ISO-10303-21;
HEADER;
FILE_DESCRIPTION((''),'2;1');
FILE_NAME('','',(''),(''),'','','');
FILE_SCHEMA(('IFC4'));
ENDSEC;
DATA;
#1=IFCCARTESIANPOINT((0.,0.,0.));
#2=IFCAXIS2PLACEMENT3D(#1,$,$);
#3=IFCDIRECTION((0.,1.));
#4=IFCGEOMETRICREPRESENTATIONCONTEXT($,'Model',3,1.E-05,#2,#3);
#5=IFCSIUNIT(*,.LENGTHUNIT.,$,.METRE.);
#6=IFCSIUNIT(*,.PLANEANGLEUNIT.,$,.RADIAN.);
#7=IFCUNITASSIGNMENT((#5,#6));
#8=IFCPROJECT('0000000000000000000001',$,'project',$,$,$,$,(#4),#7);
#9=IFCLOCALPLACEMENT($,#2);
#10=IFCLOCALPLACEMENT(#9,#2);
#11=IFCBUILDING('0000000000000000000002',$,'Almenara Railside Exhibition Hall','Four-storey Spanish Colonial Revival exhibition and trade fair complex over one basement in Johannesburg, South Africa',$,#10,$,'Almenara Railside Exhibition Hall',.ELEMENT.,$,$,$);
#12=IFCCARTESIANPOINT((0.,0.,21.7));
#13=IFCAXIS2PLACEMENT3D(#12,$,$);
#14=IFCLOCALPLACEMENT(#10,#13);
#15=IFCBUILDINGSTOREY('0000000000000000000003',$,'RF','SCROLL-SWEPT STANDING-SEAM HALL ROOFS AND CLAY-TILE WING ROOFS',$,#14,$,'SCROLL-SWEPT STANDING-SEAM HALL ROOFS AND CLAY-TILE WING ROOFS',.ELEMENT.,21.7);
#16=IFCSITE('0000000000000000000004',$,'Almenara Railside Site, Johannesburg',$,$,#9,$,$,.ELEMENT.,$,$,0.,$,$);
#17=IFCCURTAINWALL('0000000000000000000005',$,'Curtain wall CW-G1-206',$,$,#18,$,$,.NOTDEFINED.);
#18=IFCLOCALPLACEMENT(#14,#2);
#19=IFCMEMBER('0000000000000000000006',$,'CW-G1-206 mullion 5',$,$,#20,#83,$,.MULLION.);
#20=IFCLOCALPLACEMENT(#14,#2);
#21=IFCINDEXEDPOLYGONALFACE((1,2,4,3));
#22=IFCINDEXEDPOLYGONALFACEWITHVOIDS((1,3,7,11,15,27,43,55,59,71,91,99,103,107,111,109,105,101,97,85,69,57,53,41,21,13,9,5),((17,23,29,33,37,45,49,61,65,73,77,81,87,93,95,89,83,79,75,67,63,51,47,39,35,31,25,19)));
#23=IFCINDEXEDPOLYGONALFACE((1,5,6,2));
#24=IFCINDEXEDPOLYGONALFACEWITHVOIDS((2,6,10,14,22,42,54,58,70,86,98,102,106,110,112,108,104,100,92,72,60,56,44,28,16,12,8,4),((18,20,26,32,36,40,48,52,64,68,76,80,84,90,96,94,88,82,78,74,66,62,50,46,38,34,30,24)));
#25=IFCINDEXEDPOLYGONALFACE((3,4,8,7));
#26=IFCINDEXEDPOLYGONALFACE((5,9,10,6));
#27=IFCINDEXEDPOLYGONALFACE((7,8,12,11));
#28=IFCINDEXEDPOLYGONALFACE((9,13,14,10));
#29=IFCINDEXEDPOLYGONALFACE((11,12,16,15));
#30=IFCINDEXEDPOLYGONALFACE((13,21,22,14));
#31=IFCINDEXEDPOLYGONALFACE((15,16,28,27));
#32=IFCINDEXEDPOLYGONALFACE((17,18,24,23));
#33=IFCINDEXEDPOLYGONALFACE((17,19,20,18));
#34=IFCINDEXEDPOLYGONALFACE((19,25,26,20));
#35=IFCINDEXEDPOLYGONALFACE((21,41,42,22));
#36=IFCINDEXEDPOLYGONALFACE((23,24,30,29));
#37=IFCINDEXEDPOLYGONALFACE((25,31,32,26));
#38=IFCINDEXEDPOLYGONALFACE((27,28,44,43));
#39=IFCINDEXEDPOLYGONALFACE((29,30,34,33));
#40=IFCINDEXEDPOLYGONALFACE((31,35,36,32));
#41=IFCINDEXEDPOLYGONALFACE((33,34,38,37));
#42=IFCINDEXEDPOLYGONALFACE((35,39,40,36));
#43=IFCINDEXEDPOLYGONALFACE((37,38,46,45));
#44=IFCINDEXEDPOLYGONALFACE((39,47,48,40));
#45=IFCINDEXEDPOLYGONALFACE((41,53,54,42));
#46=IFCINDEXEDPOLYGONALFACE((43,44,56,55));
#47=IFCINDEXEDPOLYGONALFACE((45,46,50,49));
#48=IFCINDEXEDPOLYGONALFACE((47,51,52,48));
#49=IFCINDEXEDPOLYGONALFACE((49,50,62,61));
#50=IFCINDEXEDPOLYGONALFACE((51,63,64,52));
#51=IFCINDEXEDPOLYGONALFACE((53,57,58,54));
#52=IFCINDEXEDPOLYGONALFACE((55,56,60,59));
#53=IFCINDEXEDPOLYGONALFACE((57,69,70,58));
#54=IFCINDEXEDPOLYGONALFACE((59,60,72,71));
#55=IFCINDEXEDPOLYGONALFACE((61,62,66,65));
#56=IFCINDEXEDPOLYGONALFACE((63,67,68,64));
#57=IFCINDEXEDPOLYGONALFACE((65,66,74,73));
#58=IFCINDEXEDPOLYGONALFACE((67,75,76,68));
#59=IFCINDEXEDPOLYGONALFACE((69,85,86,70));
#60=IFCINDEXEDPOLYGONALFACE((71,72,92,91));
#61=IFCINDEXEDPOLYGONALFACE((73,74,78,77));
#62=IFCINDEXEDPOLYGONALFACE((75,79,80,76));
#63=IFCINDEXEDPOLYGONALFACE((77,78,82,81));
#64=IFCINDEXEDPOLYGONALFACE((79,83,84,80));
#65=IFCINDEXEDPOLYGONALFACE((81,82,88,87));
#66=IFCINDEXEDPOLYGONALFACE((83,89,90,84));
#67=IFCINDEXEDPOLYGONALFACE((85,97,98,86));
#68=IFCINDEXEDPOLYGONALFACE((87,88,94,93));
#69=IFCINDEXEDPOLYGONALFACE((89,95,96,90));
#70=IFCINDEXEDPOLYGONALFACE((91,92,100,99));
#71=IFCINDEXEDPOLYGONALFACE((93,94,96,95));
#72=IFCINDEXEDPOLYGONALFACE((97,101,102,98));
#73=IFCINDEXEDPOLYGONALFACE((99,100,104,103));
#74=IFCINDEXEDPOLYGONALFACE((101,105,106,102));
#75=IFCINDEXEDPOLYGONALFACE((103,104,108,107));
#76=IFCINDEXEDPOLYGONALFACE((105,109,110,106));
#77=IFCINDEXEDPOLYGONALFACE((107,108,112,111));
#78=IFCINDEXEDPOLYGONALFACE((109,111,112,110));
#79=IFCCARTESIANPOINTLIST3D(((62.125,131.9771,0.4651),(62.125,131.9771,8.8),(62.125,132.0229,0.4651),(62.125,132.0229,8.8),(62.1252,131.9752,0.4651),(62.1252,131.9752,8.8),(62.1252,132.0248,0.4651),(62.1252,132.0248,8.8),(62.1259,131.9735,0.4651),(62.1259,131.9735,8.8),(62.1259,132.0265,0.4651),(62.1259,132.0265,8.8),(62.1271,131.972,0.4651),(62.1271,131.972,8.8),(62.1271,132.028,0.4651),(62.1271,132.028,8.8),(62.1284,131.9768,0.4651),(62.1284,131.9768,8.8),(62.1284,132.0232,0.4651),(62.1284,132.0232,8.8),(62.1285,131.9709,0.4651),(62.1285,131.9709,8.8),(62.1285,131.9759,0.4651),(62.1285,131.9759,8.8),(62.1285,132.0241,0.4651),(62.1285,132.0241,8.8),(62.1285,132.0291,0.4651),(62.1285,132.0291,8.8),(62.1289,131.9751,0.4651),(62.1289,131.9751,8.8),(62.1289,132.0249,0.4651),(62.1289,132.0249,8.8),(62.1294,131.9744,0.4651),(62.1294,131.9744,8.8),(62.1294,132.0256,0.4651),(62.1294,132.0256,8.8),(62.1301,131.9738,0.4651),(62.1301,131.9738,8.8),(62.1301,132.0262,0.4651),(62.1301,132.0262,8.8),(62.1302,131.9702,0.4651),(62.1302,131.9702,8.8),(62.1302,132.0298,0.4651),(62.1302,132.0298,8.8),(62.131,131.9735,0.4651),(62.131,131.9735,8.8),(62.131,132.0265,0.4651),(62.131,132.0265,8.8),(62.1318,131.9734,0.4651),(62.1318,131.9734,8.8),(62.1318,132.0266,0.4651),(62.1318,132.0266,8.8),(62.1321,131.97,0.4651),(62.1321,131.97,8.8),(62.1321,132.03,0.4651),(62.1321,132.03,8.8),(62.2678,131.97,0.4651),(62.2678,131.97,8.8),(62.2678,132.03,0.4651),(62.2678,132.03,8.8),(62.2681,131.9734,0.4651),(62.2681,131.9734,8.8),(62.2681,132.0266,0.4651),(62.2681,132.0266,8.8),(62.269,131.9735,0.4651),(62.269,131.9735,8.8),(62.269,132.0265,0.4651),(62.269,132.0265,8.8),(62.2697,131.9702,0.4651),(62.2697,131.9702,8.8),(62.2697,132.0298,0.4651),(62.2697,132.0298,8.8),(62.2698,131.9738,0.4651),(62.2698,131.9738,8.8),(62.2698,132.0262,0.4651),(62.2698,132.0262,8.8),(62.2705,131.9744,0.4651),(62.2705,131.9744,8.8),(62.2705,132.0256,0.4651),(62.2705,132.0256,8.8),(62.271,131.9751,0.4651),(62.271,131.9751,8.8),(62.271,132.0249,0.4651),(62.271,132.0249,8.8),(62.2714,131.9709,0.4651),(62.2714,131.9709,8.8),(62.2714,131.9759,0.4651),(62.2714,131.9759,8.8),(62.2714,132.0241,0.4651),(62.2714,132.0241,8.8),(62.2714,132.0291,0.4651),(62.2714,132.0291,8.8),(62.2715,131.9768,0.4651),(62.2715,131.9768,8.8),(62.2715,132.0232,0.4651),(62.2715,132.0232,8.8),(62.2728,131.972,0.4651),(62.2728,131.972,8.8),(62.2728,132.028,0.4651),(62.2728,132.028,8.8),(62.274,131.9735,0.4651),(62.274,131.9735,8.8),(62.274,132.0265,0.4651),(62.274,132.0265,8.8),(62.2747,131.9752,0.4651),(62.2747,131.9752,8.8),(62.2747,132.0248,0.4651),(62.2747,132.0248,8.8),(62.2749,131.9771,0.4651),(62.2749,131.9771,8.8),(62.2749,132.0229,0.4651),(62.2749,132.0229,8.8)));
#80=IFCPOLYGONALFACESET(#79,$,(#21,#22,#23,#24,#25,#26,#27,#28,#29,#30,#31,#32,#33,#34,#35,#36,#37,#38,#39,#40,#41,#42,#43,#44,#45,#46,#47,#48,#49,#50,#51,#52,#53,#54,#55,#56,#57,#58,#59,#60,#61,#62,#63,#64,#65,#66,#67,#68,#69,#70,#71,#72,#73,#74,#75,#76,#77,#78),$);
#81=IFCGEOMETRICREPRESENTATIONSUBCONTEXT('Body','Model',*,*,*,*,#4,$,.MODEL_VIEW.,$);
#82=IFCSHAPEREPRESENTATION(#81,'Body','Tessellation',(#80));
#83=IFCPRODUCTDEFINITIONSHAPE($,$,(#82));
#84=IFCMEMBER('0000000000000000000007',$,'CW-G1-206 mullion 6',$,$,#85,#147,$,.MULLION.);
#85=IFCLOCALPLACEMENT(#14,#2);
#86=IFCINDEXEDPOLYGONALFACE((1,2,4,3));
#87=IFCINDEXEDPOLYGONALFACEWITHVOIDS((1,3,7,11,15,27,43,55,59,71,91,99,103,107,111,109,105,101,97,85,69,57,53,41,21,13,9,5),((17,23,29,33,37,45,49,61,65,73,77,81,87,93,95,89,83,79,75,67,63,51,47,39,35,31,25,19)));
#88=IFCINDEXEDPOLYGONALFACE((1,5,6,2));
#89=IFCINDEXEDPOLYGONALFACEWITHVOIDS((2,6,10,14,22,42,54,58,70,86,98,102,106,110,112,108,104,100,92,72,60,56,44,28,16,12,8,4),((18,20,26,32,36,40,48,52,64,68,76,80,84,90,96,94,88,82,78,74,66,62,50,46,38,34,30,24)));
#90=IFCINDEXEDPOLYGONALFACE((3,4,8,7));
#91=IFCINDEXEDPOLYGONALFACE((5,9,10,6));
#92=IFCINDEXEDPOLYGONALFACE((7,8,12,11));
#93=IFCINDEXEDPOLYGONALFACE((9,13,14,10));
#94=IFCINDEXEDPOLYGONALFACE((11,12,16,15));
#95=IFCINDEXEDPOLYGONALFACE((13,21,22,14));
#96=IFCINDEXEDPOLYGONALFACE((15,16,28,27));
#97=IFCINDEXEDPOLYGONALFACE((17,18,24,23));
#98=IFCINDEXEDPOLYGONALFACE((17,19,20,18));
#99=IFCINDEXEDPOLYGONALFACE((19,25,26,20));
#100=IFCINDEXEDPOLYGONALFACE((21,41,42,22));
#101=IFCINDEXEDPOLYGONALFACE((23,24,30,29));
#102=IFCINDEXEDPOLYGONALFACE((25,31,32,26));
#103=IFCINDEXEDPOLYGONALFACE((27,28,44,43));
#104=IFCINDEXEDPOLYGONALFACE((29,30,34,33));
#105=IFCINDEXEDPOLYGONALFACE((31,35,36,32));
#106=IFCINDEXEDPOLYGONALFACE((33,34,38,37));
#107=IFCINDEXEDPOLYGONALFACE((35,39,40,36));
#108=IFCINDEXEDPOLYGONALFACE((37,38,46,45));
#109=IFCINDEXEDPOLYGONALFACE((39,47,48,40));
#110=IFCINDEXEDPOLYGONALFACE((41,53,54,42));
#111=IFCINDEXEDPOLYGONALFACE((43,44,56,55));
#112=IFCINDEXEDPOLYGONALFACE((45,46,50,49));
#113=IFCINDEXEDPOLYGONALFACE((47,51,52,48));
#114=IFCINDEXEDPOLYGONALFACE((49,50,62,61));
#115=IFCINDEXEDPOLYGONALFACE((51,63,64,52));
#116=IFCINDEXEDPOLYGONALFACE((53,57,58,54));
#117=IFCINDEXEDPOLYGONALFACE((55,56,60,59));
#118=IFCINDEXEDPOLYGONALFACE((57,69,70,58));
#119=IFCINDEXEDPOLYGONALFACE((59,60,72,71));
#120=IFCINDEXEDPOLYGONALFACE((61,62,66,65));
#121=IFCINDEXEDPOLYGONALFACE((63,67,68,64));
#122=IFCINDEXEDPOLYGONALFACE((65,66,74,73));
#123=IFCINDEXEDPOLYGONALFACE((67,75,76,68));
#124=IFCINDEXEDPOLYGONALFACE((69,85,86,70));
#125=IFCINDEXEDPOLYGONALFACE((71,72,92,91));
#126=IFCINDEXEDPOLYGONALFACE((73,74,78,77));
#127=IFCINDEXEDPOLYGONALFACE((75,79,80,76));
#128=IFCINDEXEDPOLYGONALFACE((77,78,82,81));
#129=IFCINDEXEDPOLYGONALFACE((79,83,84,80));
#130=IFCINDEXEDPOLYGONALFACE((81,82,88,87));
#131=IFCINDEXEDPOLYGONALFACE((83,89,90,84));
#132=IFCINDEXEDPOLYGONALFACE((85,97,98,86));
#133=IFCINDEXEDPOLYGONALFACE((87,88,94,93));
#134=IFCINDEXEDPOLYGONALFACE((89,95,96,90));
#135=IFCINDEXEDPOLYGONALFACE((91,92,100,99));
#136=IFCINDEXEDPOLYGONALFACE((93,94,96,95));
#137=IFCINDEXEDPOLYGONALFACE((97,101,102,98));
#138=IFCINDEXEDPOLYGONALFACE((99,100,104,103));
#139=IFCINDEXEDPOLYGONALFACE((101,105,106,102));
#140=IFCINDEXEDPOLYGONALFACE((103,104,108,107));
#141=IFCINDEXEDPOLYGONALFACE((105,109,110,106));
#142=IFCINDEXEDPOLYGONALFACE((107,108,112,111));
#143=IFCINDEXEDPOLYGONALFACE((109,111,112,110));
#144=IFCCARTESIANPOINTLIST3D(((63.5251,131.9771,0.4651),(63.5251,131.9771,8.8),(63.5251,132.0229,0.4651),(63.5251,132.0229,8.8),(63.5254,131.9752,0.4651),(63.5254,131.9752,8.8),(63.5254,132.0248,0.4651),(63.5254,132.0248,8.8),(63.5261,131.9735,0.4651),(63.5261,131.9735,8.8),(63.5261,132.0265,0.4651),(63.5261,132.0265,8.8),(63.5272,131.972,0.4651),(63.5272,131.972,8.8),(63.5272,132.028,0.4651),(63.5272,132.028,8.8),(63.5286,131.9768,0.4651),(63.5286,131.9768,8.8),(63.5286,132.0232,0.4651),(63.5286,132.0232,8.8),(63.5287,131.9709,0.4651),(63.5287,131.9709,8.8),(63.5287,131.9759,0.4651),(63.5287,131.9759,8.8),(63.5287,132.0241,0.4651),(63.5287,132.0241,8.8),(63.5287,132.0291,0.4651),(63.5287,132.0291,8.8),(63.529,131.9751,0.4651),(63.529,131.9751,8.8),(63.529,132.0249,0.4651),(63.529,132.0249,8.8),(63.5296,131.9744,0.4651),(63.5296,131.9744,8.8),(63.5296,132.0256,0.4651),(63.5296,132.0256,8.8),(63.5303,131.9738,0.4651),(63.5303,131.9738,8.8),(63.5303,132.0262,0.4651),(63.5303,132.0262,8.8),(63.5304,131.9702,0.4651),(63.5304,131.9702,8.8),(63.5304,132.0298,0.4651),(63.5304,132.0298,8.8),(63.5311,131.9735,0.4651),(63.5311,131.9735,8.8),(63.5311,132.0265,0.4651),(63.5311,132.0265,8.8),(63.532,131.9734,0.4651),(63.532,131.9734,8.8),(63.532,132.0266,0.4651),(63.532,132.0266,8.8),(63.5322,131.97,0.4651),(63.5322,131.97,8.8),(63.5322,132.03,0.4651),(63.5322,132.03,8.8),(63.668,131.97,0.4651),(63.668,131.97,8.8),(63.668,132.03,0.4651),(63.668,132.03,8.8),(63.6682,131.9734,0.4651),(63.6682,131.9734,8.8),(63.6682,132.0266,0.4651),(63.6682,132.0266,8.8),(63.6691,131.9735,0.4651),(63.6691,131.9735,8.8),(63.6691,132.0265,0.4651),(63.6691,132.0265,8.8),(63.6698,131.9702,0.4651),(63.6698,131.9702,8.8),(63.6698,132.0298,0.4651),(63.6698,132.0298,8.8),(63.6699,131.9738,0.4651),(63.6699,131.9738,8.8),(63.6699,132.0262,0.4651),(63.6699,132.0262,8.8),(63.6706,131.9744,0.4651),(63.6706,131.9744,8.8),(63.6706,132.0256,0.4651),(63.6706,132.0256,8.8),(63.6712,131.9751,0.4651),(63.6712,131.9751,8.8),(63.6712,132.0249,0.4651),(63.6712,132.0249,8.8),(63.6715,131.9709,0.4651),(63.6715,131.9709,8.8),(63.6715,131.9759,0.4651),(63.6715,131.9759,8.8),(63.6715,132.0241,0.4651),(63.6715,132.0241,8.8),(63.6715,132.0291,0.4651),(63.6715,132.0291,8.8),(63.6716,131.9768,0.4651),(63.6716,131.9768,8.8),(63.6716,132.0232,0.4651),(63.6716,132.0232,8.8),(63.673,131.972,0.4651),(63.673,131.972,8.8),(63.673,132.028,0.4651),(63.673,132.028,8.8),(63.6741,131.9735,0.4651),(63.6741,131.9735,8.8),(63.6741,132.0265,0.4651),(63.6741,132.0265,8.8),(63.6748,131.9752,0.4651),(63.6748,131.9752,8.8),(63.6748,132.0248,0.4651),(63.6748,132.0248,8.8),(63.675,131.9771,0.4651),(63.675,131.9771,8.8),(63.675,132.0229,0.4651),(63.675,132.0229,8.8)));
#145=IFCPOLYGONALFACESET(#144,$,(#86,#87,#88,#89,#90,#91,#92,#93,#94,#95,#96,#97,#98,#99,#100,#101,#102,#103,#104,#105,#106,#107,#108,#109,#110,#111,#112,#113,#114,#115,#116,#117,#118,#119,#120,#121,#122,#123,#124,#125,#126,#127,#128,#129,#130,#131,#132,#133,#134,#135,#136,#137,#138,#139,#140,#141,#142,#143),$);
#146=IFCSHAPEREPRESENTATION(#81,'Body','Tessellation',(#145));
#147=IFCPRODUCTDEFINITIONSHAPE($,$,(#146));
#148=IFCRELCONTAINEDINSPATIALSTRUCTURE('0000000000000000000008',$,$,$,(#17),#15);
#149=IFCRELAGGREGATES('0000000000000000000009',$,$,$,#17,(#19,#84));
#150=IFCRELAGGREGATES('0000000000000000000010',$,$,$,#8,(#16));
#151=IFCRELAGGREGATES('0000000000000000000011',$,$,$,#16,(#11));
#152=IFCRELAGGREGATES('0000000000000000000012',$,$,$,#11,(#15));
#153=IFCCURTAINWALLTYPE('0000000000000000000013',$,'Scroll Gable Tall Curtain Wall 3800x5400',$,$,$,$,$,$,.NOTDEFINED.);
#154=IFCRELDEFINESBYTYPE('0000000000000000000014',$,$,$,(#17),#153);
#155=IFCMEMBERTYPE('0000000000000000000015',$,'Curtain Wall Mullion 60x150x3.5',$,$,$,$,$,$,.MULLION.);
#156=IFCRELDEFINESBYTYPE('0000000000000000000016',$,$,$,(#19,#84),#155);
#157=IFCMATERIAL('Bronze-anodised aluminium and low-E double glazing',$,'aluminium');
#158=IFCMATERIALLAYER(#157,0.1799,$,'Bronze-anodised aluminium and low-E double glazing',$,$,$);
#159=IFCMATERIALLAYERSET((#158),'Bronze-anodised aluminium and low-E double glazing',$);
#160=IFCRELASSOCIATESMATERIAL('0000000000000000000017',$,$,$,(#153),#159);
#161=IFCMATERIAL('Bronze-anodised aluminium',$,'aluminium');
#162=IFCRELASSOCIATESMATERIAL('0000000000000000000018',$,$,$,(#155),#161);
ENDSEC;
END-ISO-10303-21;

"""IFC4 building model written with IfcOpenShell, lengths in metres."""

from ifc_helpers import new_model, si_unit, direction, frame, origin, origin_2d, place, context, subcontext, project, spatial, hollow_rectangle, extrude, material, layer, layer_set, material_profile, profile_set, type_object, element, aggregate, save


model = new_model("IFC4")

# Units and contexts
model_context = context("Model", 3, precision=1e-05, world=origin(), true_north=direction((0.0, 1.0)))
body_context = subcontext(model_context, "Body", "Model", "MODEL_VIEW")
ifc_project = project(units=[si_unit("LENGTHUNIT", "METRE"), si_unit("PLANEANGLEUNIT", "RADIAN")], contexts=[model_context])

# Site, building, storey
site_placement = place(None, origin())
site = spatial("IfcSite", under=ifc_project, at=site_placement, Name="Almenara Railside Site, Johannesburg", CompositionType="ELEMENT", RefElevation=0.0)
building_placement = place(site_placement, origin())
building = spatial("IfcBuilding", under=site, at=building_placement, Name="Almenara Railside Exhibition Hall", Description="Four-storey Spanish Colonial Revival exhibition and trade fair complex over one basement in Johannesburg, South Africa", LongName="Almenara Railside Exhibition Hall", CompositionType="ELEMENT")
storey_placement = place(building_placement, frame((0.0, 0.0, 21.7)))
storey = spatial("IfcBuildingStorey", under=building, at=storey_placement, Name="RF", Description="SCROLL-SWEPT STANDING-SEAM HALL ROOFS AND CLAY-TILE WING ROOFS", LongName="SCROLL-SWEPT STANDING-SEAM HALL ROOFS AND CLAY-TILE WING ROOFS", CompositionType="ELEMENT", Elevation=21.7)

# Curtain wall, members
ifc_material_1 = material(Name="Bronze-anodised aluminium and low-E double glazing", Category="aluminium")
ifc_layer_1 = layer(ifc_material_1, 0.1799, Name="Bronze-anodised aluminium and low-E double glazing")
ifc_layer_set_1 = layer_set([ifc_layer_1], Name="Bronze-anodised aluminium and low-E double glazing")
curtain_wall_type = type_object("IfcCurtainWallType", Name="Scroll Gable Tall Curtain Wall 3800x5400", PredefinedType="NOTDEFINED", material=ifc_layer_set_1)
curtain_wall_placement = place(storey_placement, origin())
curtain_wall = element("IfcCurtainWall", 1, at=curtain_wall_placement, inside=storey, type_object=curtain_wall_type, Name="Curtain wall CW-G1-206", PredefinedType="NOTDEFINED")
ifc_material_2 = material(Name="Bronze-anodised aluminium", Category="aluminium")
ifc_material_profile_1 = material_profile(ifc_material_2, hollow_rectangle(XDim=0.0601, YDim=0.1499, WallThickness=0.0034, InnerFilletRadius=0.0034, OuterFilletRadius=0.0071, at=origin_2d()), Name="ALU-MUL 60x150x3.5")
ifc_profile_set_1 = profile_set([ifc_material_profile_1], Name="Bronze-anodised aluminium")
member_type_1 = type_object("IfcMemberType", Name="Curtain Wall Mullion 60x150x3.5", PredefinedType="MULLION", material=ifc_profile_set_1)
member_1_placement = place(storey_placement, frame((62.2, 132.0, 0.4651), z_axis=(0.0, 0.0, 1.0), x_axis=(0.0, 1.0, 0.0)))
member_1 = element("IfcMember", 2, at=member_1_placement, type_object=member_type_1, Name="CW-G1-206 mullion 5", PredefinedType="MULLION", context=body_context, shape_type="SweptSolid", body=[
    extrude(hollow_rectangle(XDim=0.0601, YDim=0.1499, WallThickness=0.0034, InnerFilletRadius=0.0034, OuterFilletRadius=0.0071, at=origin_2d()), origin(), (0.0, 0.0, 1.0), 8.335),
])
member_2_placement = place(storey_placement, frame((63.6001, 132.0, 0.4651), z_axis=(0.0, 0.0, 1.0), x_axis=(0.0, 1.0, 0.0)))
member_2 = element("IfcMember", 3, at=member_2_placement, type_object=member_type_1, Name="CW-G1-206 mullion 6", PredefinedType="MULLION", context=body_context, shape_type="SweptSolid", body=[
    extrude(hollow_rectangle(XDim=0.0601, YDim=0.1499, WallThickness=0.0034, InnerFilletRadius=0.0034, OuterFilletRadius=0.0071, at=origin_2d()), origin(), (0.0, 0.0, 1.0), 8.335),
])

aggregate(curtain_wall, [member_1, member_2])

save(model, "model.ifc")
